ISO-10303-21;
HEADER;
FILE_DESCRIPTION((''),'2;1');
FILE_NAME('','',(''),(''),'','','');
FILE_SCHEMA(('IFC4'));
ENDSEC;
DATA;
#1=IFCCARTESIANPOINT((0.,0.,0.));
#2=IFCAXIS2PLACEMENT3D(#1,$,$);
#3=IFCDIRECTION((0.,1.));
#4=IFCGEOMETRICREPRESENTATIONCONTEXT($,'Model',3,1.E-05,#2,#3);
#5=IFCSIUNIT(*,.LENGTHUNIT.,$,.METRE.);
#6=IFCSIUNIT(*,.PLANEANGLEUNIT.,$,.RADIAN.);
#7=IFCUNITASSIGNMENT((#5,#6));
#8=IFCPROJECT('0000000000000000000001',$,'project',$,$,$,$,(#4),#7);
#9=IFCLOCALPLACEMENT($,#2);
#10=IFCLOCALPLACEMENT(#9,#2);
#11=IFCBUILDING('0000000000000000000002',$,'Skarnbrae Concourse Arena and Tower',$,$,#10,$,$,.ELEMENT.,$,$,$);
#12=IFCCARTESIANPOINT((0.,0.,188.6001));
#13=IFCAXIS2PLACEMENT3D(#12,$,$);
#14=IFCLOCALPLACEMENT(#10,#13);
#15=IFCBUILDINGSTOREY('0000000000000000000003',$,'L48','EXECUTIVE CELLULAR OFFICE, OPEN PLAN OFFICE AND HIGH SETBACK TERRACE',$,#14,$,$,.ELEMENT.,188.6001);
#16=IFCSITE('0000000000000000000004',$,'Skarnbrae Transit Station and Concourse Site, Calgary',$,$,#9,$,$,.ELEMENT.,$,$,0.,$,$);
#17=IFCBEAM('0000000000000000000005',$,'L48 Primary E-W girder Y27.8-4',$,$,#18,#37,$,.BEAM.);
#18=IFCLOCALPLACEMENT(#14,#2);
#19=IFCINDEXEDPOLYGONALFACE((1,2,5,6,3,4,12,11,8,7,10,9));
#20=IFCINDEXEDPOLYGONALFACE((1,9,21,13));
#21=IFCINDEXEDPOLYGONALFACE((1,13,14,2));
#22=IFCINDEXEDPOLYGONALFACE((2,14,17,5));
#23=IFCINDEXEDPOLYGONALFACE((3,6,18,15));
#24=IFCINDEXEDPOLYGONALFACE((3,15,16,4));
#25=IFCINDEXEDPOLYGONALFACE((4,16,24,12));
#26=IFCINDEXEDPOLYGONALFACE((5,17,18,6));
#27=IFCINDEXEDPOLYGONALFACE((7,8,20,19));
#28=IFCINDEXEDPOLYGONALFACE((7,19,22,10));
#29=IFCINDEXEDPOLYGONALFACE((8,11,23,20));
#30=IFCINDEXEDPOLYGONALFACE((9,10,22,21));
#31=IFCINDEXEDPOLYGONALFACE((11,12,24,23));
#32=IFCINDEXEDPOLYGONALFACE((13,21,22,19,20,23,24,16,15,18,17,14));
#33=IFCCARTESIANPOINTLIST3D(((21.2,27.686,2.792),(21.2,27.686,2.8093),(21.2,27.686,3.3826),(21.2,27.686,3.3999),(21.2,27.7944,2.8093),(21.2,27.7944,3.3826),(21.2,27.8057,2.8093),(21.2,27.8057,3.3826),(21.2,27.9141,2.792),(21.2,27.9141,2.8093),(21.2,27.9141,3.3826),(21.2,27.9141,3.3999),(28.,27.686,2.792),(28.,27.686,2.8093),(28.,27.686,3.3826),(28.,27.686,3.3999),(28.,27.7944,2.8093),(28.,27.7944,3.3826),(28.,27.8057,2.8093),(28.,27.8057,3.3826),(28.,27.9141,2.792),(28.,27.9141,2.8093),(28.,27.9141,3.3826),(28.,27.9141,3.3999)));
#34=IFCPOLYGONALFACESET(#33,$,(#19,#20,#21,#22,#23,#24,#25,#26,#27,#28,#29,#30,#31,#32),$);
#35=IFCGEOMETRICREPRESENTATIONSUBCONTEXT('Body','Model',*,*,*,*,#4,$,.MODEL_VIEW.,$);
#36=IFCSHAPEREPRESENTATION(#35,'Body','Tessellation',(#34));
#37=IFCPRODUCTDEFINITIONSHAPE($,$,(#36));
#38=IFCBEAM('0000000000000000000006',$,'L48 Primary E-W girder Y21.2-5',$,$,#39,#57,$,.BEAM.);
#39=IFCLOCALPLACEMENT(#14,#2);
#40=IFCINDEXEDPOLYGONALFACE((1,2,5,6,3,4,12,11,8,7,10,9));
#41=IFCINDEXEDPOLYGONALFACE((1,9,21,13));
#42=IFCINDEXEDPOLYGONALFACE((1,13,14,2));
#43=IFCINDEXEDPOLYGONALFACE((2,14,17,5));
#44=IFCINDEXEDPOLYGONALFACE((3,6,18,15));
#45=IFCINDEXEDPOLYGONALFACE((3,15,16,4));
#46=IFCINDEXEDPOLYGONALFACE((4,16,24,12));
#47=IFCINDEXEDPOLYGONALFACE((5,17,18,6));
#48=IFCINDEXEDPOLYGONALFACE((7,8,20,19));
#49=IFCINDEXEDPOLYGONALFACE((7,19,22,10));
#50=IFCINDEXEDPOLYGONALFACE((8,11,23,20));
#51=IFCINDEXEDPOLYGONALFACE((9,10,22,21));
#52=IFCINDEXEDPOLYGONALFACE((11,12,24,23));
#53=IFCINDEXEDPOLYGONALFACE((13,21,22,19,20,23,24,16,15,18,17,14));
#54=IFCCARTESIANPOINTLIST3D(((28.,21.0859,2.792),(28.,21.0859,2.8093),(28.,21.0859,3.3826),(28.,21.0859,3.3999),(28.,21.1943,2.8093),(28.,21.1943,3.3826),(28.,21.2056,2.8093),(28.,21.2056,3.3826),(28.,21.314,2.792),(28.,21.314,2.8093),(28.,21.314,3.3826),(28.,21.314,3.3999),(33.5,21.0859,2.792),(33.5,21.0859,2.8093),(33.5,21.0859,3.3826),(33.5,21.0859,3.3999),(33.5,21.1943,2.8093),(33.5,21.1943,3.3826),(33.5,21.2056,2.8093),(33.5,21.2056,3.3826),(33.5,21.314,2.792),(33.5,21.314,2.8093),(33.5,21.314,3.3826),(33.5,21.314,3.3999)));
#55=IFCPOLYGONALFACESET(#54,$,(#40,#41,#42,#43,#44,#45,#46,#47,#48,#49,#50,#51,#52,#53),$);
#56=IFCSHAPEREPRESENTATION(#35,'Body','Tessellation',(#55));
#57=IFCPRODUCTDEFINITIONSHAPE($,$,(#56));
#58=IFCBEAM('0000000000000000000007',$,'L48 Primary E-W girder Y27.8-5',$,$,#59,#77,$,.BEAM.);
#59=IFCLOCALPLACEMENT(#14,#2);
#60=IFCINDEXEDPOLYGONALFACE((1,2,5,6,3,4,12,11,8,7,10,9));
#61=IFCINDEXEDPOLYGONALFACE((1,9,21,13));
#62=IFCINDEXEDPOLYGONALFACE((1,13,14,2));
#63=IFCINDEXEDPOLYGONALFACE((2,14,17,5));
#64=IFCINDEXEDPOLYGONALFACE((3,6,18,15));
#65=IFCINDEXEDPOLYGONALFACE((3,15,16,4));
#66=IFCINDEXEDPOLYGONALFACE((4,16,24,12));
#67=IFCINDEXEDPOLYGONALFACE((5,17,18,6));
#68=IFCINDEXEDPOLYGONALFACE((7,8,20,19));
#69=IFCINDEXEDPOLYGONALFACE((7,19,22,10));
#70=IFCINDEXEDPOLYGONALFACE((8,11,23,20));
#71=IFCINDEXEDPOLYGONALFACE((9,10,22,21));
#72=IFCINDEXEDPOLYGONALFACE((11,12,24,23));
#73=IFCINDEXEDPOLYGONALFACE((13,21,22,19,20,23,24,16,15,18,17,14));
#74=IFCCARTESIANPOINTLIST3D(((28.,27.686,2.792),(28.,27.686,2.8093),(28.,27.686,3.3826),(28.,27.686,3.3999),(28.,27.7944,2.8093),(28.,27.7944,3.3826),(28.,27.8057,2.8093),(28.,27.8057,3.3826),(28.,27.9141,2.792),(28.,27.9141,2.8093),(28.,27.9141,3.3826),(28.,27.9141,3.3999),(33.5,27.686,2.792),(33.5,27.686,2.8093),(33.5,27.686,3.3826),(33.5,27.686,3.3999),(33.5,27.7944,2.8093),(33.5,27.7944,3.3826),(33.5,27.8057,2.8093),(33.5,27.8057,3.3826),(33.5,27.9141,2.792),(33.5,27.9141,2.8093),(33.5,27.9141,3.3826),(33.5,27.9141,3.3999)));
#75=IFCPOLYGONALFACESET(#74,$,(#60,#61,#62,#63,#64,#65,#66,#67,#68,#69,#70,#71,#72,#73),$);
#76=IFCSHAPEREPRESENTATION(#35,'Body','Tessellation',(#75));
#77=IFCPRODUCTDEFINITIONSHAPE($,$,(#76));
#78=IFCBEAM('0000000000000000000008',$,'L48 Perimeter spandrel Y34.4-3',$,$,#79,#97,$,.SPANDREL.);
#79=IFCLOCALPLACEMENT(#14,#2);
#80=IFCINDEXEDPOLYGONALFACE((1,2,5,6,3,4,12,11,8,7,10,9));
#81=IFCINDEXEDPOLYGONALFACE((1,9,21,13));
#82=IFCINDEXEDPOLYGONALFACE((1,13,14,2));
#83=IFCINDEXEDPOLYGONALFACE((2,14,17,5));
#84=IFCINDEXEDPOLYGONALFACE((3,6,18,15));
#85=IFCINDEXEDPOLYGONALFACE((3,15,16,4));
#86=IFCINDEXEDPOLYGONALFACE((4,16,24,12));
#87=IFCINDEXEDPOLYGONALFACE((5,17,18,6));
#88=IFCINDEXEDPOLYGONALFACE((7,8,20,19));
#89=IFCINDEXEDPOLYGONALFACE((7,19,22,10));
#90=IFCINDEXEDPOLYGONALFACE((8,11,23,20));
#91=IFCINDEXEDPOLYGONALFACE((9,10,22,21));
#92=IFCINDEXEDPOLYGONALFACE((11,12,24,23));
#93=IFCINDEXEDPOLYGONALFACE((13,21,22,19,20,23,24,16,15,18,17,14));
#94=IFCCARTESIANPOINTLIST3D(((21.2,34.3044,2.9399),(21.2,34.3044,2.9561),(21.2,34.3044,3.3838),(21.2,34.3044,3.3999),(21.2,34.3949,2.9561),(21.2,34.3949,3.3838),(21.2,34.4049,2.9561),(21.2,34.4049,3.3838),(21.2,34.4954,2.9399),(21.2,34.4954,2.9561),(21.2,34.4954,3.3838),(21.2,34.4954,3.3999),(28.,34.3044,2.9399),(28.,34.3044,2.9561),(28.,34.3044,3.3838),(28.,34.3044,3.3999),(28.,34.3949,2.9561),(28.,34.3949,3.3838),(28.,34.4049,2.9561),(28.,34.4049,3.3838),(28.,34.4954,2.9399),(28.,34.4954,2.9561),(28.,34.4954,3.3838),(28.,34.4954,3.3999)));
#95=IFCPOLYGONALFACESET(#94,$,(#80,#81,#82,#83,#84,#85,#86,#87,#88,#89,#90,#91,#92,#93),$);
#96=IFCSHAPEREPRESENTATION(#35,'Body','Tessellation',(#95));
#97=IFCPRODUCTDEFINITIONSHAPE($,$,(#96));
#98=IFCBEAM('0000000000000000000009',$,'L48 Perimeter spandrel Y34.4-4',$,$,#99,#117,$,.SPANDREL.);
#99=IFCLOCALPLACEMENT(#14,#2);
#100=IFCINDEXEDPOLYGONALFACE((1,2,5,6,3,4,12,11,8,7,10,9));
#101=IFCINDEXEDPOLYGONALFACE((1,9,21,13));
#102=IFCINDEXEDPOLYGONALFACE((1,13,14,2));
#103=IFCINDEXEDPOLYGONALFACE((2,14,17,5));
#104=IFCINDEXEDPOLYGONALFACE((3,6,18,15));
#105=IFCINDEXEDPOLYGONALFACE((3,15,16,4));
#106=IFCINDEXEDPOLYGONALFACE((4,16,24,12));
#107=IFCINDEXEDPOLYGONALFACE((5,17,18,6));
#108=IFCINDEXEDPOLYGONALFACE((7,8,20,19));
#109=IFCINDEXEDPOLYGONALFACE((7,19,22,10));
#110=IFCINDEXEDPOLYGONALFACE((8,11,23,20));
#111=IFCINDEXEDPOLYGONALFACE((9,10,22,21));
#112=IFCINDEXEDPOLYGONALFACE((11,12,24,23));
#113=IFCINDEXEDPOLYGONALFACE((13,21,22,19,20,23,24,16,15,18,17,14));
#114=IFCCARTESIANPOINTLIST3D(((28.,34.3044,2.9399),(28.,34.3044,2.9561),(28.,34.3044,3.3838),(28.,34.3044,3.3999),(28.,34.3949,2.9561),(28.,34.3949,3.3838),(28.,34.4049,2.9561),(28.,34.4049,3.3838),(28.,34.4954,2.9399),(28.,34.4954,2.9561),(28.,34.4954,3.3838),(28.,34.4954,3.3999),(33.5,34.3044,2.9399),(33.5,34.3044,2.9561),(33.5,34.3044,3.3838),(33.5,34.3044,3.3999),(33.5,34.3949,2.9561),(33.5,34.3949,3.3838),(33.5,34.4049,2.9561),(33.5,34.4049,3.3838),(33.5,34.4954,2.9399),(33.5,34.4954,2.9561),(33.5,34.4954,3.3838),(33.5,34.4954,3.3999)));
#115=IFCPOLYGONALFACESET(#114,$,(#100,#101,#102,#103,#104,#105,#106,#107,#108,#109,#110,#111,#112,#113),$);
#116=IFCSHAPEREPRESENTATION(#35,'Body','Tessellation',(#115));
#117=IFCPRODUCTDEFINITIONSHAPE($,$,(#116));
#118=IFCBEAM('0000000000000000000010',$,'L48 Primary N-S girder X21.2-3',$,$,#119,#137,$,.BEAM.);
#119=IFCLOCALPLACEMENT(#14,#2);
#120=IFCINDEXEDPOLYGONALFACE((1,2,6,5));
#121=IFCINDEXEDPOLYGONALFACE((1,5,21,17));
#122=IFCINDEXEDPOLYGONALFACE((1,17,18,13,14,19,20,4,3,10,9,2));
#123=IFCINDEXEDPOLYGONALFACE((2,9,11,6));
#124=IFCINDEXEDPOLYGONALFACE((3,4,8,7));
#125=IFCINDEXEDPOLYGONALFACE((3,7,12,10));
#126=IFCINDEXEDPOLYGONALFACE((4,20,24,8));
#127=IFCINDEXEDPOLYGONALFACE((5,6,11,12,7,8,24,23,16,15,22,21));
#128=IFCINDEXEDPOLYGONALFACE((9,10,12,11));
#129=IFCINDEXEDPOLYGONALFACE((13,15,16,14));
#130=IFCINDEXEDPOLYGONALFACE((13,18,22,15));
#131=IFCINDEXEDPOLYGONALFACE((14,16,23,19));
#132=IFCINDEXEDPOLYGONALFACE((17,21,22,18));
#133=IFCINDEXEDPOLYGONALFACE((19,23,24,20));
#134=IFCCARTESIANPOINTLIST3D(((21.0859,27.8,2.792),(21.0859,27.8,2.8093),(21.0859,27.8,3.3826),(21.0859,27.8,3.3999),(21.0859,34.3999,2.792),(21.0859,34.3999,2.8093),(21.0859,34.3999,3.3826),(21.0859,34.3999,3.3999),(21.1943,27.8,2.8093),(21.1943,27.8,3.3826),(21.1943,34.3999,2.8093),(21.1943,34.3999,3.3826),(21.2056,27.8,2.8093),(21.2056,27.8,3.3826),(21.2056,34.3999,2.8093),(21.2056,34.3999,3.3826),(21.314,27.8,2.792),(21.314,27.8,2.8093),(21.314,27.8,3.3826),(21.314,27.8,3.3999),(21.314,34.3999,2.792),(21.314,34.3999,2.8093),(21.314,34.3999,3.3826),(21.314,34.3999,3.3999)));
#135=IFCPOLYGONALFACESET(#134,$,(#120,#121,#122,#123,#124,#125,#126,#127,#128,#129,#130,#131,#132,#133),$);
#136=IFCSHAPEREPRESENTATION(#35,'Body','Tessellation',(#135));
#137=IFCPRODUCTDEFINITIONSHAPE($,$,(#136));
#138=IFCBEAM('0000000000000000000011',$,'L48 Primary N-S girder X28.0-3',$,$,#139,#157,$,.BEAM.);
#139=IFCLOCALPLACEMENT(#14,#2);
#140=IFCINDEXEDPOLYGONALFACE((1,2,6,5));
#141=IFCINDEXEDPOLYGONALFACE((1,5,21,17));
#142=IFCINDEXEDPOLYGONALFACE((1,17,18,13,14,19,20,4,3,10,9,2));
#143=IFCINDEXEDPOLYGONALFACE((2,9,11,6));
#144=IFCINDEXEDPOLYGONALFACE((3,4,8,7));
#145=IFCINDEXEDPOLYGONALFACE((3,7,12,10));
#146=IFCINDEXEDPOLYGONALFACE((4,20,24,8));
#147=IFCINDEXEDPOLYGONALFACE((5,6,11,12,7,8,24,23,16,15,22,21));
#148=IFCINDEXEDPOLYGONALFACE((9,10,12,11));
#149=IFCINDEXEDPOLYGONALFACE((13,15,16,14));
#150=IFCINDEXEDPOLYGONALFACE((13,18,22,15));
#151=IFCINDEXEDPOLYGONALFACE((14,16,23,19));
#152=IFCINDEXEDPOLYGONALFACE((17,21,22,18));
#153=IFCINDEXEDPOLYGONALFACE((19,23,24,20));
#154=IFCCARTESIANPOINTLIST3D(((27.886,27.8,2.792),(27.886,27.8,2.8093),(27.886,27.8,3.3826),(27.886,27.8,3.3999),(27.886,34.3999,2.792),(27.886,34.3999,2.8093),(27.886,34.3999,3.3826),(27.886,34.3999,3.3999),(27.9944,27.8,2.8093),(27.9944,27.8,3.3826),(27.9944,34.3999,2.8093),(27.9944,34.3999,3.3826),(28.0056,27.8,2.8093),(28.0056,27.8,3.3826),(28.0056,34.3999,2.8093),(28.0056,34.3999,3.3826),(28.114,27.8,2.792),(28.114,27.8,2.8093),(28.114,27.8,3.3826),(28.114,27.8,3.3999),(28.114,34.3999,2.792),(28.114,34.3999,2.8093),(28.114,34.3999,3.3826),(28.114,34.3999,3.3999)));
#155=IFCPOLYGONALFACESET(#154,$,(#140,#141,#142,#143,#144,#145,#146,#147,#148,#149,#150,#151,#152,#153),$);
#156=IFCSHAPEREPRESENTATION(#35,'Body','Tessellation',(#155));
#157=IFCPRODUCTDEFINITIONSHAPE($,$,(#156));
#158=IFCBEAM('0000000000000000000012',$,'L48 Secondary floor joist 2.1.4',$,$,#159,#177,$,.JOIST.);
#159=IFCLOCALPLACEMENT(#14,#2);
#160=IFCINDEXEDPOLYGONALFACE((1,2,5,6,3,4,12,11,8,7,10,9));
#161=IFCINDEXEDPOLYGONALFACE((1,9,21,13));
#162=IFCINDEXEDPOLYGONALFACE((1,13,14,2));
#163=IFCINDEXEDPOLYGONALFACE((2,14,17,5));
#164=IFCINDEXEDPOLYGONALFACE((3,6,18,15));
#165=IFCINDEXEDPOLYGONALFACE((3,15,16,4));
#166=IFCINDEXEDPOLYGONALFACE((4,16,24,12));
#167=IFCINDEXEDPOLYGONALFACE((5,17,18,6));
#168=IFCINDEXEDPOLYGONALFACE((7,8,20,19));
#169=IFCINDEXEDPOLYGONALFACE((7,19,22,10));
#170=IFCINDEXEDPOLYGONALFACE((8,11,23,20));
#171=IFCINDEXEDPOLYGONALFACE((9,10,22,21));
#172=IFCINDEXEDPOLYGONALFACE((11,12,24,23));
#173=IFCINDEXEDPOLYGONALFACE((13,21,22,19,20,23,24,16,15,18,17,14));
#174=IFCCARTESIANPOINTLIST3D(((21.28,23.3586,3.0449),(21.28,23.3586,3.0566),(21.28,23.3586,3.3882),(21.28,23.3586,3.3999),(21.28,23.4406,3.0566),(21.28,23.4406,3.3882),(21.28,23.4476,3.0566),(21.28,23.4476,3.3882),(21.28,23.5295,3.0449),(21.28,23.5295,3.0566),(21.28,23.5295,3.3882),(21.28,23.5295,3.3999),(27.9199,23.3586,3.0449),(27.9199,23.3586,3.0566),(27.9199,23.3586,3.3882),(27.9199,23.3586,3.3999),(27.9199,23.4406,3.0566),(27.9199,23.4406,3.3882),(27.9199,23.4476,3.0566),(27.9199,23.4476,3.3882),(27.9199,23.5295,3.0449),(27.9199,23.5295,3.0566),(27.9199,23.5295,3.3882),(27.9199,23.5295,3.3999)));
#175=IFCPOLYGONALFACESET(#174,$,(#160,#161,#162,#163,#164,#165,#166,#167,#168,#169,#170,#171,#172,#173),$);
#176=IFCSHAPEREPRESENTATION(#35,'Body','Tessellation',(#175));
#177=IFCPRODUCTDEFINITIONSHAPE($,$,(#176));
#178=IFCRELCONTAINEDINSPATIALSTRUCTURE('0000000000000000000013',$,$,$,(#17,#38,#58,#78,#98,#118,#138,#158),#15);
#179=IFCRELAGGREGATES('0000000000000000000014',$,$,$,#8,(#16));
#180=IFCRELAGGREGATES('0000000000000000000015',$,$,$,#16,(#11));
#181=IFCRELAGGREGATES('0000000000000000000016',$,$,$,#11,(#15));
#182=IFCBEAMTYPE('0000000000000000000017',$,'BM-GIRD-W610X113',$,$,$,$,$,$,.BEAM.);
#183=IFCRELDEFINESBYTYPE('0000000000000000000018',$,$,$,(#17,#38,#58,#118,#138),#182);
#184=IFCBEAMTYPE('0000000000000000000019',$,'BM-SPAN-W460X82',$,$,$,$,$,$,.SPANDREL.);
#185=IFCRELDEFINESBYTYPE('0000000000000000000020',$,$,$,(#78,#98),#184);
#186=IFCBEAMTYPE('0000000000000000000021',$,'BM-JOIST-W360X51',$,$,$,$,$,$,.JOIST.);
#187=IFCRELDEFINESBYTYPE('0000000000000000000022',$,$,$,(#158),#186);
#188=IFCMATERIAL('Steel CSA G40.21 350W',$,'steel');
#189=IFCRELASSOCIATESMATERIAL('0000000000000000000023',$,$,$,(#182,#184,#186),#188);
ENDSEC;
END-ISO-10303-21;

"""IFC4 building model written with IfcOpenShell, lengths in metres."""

from ifc_helpers import new_model, si_unit, direction, frame, origin, origin_2d, place, context, subcontext, project, spatial, i_section, extrude, source, transform, mapped, material, material_profile, profile_set, type_object, element, save


model = new_model("IFC4")

# Units and contexts
model_context = context("Model", 3, precision=1e-05, world=origin(), true_north=direction((0.0, 1.0)))
body_context = subcontext(model_context, "Body", "Model", "MODEL_VIEW")
ifc_project = project(units=[si_unit("LENGTHUNIT", "METRE"), si_unit("PLANEANGLEUNIT", "RADIAN")], contexts=[model_context])

# Site, building, storey
site_placement = place(None, origin())
site = spatial("IfcSite", under=ifc_project, at=site_placement, Name="Skarnbrae Transit Station and Concourse Site, Calgary", CompositionType="ELEMENT", RefElevation=0.0)
building_placement = place(site_placement, origin())
building = spatial("IfcBuilding", under=site, at=building_placement, Name="Skarnbrae Concourse Arena and Tower", CompositionType="ELEMENT")
storey_placement = place(building_placement, frame((0.0, 0.0, 188.6001)))
storey = spatial("IfcBuildingStorey", under=building, at=storey_placement, Name="L48", Description="EXECUTIVE CELLULAR OFFICE, OPEN PLAN OFFICE AND HIGH SETBACK TERRACE", CompositionType="ELEMENT", Elevation=188.6001)

# Shared definitions
ifc_material_1 = material(Name="Steel CSA G40.21 350W", Category="steel")

# Beams
ifc_material_profile_1 = material_profile(ifc_material_1, i_section(OverallWidth=0.228, OverallDepth=0.6079, WebThickness=0.0112, FlangeThickness=0.0173, at=origin_2d()), Name="W610X113")
ifc_profile_set_1 = profile_set([ifc_material_profile_1], Name="Steel CSA G40.21 350W")
beam_type_1 = type_object("IfcBeamType", Name="BM-GIRD-W610X113", PredefinedType="BEAM", material=ifc_profile_set_1)
shared_shape_1 = source(origin(), body_context, "Body", "SweptSolid", [
    extrude(i_section(OverallWidth=0.228, OverallDepth=0.6079, WebThickness=0.0112, FlangeThickness=0.0173, at=origin_2d()), origin(), (0.0, 0.0, 1.0), 6.8),
])
for number, where, z_axis, x_axis, name in (
    (1, (21.2, 27.8, 3.0959), (1.0, 0.0, 0.0), (0.0, 1.0, 0.0), "L48 Primary E-W girder Y27.8-4"),
):
    element("IfcBeam", number, at=place(storey_placement, frame(where, z_axis=z_axis, x_axis=x_axis)), inside=storey, type_object=beam_type_1, Name=name, PredefinedType="BEAM", context=body_context, shape_type="MappedRepresentation", body=[
        mapped(shared_shape_1, transform((0.0, 0.0, 0.0))),
    ])
shared_shape_2 = source(origin(), body_context, "Body", "SweptSolid", [
    extrude(i_section(OverallWidth=0.228, OverallDepth=0.6079, WebThickness=0.0112, FlangeThickness=0.0173, at=origin_2d()), origin(), (0.0, 0.0, 1.0), 5.5),
])
for number, where, z_axis, x_axis, name in (
    (2, (28.0, 21.2, 3.0959), (1.0, 0.0, 0.0), (0.0, 1.0, 0.0), "L48 Primary E-W girder Y21.2-5"),
    (3, (28.0, 27.8, 3.0959), (1.0, 0.0, 0.0), (0.0, 1.0, 0.0), "L48 Primary E-W girder Y27.8-5"),
):
    element("IfcBeam", number, at=place(storey_placement, frame(where, z_axis=z_axis, x_axis=x_axis)), inside=storey, type_object=beam_type_1, Name=name, PredefinedType="BEAM", context=body_context, shape_type="MappedRepresentation", body=[
        mapped(shared_shape_2, transform((0.0, 0.0, 0.0))),
    ])
ifc_material_profile_2 = material_profile(ifc_material_1, i_section(OverallWidth=0.1909, OverallDepth=0.46, WebThickness=0.01, FlangeThickness=0.0161, at=origin_2d()), Name="W460X82")
ifc_profile_set_2 = profile_set([ifc_material_profile_2], Name="Steel CSA G40.21 350W")
beam_type_2 = type_object("IfcBeamType", Name="BM-SPAN-W460X82", PredefinedType="SPANDREL", material=ifc_profile_set_2)
shared_shape_3 = source(origin(), body_context, "Body", "SweptSolid", [
    extrude(i_section(OverallWidth=0.1909, OverallDepth=0.46, WebThickness=0.01, FlangeThickness=0.0161, at=origin_2d()), origin(), (0.0, 0.0, 1.0), 6.8),
])
beam_1_placement = place(storey_placement, frame((21.2, 34.3999, 3.1699), z_axis=(1.0, 0.0, 0.0), x_axis=(0.0, 1.0, 0.0)))
element("IfcBeam", 4, at=beam_1_placement, inside=storey, type_object=beam_type_2, Name="L48 Perimeter spandrel Y34.4-3", PredefinedType="SPANDREL", context=body_context, shape_type="MappedRepresentation", body=[
    mapped(shared_shape_3, transform((0.0, 0.0, 0.0))),
])
shared_shape_4 = source(origin(), body_context, "Body", "SweptSolid", [
    extrude(i_section(OverallWidth=0.1909, OverallDepth=0.46, WebThickness=0.01, FlangeThickness=0.0161, at=origin_2d()), origin(), (0.0, 0.0, 1.0), 5.5),
])
beam_2_placement = place(storey_placement, frame((28.0, 34.3999, 3.1699), z_axis=(1.0, 0.0, 0.0), x_axis=(0.0, 1.0, 0.0)))
element("IfcBeam", 5, at=beam_2_placement, inside=storey, type_object=beam_type_2, Name="L48 Perimeter spandrel Y34.4-4", PredefinedType="SPANDREL", context=body_context, shape_type="MappedRepresentation", body=[
    mapped(shared_shape_4, transform((0.0, 0.0, 0.0))),
])
shared_shape_5 = source(origin(), body_context, "Body", "SweptSolid", [
    extrude(i_section(OverallWidth=0.228, OverallDepth=0.6079, WebThickness=0.0112, FlangeThickness=0.0173, at=origin_2d()), origin(), (0.0, 0.0, 1.0), 6.5999),
])
for number, where, z_axis, x_axis, name in (
    (6, (21.2, 27.8, 3.0959), (0.0, 1.0, 0.0), (-1.0, 0.0, 0.0), "L48 Primary N-S girder X21.2-3"),
    (7, (28.0, 27.8, 3.0959), (0.0, 1.0, 0.0), (-1.0, 0.0, 0.0), "L48 Primary N-S girder X28.0-3"),
):
    element("IfcBeam", number, at=place(storey_placement, frame(where, z_axis=z_axis, x_axis=x_axis)), inside=storey, type_object=beam_type_1, Name=name, PredefinedType="BEAM", context=body_context, shape_type="MappedRepresentation", body=[
        mapped(shared_shape_5, transform((0.0, 0.0, 0.0))),
    ])
ifc_material_profile_3 = material_profile(ifc_material_1, i_section(OverallWidth=0.1709, OverallDepth=0.355, WebThickness=0.0071, FlangeThickness=0.0117, at=origin_2d()), Name="W360X51")
ifc_profile_set_3 = profile_set([ifc_material_profile_3], Name="Steel CSA G40.21 350W")
beam_type_3 = type_object("IfcBeamType", Name="BM-JOIST-W360X51", PredefinedType="JOIST", material=ifc_profile_set_3)
shared_shape_6 = source(origin(), body_context, "Body", "SweptSolid", [
    extrude(i_section(OverallWidth=0.1709, OverallDepth=0.355, WebThickness=0.0071, FlangeThickness=0.0117, at=origin_2d()), origin(), (0.0, 0.0, 1.0), 6.6399),
])
for number, where, z_axis, x_axis, name in (
    (8, (21.28, 23.4441, 3.2224), (1.0, 0.0, 0.0), (0.0, 1.0, 0.0), "L48 Secondary floor joist 2.1.4"),
):
    element("IfcBeam", number, at=place(storey_placement, frame(where, z_axis=z_axis, x_axis=x_axis)), inside=storey, type_object=beam_type_3, Name=name, PredefinedType="JOIST", context=body_context, shape_type="MappedRepresentation", body=[
        mapped(shared_shape_6, transform((0.0, 0.0, 0.0))),
    ])

save(model, "model.ifc")
